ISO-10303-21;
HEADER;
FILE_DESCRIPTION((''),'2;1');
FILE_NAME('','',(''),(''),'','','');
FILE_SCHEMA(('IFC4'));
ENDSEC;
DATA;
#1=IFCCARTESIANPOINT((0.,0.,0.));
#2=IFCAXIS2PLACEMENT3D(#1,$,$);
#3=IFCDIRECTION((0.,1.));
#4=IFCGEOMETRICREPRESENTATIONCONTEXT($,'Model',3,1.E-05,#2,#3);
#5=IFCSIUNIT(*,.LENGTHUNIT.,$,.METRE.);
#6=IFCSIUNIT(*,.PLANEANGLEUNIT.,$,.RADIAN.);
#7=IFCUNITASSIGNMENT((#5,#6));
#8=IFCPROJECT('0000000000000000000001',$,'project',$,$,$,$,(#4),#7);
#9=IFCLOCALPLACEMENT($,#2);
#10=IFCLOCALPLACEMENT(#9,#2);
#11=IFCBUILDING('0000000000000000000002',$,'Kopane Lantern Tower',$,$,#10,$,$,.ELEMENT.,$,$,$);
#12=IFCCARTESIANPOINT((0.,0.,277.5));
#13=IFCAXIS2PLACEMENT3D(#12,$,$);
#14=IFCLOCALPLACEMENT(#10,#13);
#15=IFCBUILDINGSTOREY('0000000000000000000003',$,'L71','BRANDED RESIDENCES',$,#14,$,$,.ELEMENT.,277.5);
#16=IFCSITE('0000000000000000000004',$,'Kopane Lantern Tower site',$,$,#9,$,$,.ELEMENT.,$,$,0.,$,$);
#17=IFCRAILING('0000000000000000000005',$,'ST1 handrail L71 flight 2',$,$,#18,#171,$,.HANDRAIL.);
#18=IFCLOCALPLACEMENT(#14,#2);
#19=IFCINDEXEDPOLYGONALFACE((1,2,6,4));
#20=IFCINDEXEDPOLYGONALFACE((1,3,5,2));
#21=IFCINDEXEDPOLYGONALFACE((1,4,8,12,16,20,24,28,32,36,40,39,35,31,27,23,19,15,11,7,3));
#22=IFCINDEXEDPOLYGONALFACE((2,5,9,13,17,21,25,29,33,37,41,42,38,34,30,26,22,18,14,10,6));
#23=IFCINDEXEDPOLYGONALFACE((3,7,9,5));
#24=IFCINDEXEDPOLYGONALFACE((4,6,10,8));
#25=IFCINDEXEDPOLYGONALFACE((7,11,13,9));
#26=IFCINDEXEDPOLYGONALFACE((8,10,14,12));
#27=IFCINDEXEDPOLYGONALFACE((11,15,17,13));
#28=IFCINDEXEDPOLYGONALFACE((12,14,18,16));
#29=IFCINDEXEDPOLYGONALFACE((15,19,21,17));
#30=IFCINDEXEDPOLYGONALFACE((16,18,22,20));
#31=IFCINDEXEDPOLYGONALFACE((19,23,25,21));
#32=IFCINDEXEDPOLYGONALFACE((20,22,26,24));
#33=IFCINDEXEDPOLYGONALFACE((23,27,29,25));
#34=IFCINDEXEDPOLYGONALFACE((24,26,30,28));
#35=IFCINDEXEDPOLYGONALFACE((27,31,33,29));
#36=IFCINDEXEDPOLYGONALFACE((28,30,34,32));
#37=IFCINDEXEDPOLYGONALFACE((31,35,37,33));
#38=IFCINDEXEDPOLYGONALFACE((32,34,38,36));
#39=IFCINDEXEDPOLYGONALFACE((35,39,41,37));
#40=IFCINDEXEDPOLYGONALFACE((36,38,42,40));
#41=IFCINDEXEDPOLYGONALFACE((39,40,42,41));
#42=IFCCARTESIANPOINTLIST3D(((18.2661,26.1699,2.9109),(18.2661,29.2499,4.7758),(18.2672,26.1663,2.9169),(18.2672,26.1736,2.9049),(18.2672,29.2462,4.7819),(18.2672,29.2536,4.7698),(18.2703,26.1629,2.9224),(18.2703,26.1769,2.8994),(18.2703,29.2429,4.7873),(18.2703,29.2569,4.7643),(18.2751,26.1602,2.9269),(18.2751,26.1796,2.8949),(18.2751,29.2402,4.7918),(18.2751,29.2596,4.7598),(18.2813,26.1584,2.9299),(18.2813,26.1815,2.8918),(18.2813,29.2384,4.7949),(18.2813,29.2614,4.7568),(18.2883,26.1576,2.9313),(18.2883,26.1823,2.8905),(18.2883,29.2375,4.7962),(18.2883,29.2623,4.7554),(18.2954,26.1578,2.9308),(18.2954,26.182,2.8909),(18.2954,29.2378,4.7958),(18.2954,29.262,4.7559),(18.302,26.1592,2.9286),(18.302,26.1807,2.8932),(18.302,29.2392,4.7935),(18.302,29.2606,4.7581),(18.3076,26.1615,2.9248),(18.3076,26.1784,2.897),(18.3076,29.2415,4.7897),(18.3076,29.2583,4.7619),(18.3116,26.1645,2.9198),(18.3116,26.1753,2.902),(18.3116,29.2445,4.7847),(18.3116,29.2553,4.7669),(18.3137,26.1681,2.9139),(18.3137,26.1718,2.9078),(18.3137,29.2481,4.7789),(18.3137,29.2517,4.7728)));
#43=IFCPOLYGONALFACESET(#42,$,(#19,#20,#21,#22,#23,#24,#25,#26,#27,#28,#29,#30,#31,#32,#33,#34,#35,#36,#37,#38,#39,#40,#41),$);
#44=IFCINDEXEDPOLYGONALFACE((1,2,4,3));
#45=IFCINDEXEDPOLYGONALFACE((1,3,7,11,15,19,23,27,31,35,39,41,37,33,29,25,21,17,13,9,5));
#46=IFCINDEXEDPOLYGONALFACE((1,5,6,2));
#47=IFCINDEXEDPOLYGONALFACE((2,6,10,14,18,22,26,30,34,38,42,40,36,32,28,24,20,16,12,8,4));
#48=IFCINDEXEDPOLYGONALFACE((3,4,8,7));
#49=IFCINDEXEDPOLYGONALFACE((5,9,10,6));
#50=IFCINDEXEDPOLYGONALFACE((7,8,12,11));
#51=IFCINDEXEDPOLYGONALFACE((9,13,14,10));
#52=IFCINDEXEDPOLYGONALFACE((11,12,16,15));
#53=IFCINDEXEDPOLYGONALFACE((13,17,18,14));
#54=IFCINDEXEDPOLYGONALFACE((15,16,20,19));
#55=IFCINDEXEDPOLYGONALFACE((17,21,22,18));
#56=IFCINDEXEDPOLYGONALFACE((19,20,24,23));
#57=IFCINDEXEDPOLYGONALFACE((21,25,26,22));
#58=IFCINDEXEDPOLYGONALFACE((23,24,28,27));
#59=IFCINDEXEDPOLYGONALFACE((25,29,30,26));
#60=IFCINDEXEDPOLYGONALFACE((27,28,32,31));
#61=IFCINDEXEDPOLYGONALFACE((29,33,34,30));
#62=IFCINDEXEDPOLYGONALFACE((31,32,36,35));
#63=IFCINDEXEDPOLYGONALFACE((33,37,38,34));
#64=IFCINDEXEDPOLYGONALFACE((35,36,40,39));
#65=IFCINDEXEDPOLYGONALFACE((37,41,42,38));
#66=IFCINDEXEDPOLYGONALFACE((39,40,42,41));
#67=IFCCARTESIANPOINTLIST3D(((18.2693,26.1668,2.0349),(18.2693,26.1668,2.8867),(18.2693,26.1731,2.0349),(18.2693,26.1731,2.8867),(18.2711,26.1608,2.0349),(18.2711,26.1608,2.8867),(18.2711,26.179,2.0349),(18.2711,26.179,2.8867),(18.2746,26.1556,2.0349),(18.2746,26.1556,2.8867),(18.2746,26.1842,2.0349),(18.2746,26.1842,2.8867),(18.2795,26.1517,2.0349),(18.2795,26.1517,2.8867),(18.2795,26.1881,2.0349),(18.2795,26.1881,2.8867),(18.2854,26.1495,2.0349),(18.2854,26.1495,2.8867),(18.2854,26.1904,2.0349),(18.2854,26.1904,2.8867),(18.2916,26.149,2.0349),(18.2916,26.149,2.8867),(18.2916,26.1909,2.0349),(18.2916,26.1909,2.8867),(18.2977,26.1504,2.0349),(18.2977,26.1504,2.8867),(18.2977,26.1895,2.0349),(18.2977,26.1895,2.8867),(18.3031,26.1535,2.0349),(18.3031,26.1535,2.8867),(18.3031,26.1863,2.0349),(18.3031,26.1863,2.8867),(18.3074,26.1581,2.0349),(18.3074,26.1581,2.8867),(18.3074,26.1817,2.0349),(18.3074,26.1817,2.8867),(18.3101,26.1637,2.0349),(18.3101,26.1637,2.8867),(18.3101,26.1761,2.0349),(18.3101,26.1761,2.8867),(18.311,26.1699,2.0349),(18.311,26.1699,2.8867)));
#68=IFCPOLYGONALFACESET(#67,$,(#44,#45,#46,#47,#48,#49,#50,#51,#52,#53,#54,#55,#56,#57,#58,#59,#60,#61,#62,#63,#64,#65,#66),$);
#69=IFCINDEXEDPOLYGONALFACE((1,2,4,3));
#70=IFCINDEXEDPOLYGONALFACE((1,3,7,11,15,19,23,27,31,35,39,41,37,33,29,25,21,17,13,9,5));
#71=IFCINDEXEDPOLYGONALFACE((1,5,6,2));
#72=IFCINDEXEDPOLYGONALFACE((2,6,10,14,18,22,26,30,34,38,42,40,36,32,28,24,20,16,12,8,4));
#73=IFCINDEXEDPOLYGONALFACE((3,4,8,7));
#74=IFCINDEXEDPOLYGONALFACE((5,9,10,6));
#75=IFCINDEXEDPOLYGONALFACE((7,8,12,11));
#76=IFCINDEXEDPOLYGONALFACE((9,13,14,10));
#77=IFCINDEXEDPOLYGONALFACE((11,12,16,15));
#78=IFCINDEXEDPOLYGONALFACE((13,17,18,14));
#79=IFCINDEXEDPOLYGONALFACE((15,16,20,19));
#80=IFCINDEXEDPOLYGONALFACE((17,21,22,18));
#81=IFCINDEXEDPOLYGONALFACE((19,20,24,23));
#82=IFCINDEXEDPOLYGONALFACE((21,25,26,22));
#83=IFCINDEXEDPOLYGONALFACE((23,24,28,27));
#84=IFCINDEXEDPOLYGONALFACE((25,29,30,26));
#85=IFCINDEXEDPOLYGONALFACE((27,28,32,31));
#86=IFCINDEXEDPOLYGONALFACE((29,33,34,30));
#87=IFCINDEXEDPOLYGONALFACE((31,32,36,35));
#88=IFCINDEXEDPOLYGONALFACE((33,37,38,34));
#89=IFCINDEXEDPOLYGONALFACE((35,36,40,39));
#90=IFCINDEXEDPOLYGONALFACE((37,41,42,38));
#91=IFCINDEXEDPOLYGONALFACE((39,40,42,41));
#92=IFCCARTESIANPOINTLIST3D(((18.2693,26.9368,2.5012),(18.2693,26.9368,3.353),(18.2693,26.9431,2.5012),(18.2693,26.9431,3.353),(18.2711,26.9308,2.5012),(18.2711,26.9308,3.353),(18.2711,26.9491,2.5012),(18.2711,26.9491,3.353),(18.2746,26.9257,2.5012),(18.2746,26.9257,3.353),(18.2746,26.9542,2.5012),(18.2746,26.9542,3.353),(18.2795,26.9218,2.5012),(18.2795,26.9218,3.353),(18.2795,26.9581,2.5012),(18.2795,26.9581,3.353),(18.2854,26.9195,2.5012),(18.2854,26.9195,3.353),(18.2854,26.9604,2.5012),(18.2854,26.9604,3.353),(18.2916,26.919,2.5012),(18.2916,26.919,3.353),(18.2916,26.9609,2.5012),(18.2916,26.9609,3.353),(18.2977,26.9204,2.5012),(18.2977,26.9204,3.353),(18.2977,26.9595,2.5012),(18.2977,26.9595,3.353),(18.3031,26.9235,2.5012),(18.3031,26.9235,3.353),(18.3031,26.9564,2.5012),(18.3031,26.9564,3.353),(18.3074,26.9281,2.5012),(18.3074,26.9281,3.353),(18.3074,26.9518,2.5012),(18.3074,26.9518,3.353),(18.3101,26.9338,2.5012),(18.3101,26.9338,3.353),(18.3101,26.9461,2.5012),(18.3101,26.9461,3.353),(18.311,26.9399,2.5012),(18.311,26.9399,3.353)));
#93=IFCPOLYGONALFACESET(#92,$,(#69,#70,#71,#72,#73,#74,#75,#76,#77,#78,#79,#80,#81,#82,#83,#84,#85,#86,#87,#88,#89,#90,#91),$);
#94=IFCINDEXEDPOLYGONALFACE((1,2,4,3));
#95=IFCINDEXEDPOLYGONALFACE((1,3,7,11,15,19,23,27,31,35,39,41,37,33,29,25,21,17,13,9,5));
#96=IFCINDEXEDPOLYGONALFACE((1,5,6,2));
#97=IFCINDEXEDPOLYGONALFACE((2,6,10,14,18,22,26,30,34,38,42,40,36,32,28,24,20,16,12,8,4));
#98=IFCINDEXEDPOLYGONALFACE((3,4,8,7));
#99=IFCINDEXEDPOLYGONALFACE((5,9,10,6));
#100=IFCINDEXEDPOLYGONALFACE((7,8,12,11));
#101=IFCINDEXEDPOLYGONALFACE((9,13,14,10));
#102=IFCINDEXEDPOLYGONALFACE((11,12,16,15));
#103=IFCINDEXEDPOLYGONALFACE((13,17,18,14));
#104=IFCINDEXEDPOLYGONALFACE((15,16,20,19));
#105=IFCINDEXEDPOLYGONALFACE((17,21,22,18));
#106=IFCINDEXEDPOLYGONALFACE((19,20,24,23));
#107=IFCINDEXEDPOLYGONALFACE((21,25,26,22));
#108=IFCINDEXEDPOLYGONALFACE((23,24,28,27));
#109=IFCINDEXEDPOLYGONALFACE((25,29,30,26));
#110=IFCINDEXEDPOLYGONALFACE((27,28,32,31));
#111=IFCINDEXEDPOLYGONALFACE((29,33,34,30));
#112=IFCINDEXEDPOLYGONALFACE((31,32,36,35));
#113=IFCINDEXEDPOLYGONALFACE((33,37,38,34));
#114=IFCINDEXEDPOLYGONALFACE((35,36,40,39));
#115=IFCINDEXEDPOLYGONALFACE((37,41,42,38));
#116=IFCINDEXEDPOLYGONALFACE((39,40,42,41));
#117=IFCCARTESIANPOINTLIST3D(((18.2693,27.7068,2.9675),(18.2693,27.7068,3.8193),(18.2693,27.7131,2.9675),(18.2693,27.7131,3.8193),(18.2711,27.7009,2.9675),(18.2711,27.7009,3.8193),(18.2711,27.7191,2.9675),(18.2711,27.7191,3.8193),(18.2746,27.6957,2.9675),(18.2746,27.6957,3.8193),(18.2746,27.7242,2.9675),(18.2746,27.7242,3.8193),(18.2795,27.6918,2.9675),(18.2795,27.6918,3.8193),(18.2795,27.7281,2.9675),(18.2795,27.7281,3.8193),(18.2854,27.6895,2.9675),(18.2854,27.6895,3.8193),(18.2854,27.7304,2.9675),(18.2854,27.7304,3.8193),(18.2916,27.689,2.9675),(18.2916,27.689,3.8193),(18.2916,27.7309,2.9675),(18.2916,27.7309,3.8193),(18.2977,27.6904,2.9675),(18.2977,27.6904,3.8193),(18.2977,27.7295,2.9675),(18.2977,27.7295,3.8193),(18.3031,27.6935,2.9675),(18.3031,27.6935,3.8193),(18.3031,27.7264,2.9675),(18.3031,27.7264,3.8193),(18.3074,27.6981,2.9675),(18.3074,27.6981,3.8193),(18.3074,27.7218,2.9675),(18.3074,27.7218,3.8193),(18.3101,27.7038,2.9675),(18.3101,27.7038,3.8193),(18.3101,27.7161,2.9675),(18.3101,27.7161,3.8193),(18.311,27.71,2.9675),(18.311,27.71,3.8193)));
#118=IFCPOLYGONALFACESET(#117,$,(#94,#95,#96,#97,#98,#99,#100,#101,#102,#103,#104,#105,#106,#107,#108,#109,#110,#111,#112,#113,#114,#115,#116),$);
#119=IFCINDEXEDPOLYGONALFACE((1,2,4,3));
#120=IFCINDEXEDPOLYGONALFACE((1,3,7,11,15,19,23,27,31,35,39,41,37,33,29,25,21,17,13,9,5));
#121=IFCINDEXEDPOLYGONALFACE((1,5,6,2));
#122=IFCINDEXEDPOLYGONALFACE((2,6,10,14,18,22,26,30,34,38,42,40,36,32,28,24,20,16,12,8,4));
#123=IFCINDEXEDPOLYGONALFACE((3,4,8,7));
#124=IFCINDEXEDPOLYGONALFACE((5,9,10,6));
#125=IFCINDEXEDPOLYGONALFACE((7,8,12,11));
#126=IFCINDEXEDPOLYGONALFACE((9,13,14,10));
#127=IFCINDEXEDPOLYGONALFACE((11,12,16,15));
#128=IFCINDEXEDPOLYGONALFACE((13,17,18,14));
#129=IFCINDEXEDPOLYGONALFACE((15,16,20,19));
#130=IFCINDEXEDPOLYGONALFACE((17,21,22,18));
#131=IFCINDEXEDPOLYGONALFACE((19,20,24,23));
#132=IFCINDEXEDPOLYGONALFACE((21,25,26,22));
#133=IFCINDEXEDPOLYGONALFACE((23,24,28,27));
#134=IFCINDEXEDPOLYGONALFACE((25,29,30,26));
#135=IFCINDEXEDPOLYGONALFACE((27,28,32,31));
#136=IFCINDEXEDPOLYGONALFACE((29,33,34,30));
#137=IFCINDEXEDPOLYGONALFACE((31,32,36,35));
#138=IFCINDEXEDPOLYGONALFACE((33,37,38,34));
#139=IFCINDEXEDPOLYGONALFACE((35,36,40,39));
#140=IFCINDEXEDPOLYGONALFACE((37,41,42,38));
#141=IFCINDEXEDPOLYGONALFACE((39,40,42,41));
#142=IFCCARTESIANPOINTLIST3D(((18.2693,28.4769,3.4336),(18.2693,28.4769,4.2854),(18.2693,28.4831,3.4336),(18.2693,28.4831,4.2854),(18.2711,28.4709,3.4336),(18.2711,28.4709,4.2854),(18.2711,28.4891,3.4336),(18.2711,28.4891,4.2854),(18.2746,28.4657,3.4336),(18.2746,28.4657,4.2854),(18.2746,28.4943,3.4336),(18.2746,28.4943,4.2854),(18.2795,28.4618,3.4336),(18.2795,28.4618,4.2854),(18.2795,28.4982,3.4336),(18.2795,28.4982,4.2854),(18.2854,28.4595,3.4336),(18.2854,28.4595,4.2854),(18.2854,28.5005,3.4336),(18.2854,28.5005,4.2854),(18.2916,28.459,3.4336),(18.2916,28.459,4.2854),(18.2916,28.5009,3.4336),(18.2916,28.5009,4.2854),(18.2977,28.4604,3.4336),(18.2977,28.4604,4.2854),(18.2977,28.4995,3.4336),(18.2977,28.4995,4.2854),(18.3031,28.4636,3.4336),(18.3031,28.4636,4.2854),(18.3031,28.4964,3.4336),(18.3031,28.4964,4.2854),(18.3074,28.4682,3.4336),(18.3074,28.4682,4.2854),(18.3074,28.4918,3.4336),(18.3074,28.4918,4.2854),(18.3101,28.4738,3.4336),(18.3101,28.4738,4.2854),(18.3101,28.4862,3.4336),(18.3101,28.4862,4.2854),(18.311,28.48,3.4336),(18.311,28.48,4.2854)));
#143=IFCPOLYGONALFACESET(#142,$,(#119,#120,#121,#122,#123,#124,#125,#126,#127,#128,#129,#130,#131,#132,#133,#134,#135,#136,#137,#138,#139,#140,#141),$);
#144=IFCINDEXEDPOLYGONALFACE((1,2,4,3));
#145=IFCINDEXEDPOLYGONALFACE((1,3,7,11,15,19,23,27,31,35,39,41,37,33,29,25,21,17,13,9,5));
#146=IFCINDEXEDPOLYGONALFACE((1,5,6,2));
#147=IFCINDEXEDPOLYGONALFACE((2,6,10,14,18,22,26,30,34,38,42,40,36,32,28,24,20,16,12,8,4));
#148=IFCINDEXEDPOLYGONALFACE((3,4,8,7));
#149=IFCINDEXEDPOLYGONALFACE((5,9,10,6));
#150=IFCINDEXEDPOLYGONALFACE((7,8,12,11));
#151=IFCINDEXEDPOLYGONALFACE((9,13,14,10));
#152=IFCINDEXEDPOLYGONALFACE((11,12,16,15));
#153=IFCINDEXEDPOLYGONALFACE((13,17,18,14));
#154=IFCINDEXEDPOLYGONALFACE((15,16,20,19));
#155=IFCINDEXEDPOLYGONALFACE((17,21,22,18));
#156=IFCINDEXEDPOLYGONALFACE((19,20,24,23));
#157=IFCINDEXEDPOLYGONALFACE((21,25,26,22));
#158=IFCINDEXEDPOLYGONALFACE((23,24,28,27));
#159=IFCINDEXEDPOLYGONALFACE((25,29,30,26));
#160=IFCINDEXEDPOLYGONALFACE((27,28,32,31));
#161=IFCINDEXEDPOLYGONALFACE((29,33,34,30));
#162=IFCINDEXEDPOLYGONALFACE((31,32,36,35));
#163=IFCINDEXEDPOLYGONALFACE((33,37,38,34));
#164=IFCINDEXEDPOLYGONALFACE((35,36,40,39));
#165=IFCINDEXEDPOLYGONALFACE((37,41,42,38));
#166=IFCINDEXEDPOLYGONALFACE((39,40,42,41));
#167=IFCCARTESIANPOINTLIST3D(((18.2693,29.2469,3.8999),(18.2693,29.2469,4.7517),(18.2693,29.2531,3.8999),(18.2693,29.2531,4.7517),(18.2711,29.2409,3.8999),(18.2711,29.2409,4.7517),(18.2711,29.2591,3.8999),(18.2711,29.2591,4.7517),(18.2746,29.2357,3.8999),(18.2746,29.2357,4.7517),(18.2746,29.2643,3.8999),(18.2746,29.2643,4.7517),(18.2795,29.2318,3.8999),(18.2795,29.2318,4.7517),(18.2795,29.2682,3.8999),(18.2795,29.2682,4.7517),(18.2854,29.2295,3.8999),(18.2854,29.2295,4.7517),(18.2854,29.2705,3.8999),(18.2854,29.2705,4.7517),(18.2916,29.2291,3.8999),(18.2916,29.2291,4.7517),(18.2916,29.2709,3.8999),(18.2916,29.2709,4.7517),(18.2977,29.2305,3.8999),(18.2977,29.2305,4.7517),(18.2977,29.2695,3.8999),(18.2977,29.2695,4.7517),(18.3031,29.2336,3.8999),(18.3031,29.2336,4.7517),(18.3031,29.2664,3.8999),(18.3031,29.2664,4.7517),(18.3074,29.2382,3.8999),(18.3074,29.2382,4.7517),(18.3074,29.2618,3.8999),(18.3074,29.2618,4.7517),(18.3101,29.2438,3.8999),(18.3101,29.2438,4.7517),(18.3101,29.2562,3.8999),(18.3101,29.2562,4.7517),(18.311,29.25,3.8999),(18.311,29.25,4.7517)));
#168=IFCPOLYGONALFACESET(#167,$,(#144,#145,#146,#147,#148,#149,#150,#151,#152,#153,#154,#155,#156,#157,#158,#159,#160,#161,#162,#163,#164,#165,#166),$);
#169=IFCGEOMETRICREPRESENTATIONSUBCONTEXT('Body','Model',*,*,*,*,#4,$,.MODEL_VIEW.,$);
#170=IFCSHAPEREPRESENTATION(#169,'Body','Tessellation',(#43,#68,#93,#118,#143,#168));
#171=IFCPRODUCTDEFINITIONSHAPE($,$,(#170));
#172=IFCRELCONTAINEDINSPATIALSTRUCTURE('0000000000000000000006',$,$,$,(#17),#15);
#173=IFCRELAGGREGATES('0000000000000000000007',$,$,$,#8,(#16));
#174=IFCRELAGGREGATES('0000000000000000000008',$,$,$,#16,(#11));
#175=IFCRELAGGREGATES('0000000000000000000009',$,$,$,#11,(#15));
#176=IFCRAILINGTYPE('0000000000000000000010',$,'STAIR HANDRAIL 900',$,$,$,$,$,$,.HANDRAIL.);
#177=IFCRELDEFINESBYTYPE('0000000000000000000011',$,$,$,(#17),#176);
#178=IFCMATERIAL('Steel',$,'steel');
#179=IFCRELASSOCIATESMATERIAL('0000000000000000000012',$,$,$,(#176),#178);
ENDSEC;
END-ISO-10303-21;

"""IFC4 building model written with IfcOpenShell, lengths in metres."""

from ifc_helpers import new_model, si_unit, direction, frame, origin, origin_2d, place, context, subcontext, project, spatial, circle, extrude, material, type_object, element, save


model = new_model("IFC4")

# Units and contexts
model_context = context("Model", 3, precision=1e-05, world=origin(), true_north=direction((0.0, 1.0)))
body_context = subcontext(model_context, "Body", "Model", "MODEL_VIEW")
ifc_project = project(units=[si_unit("LENGTHUNIT", "METRE"), si_unit("PLANEANGLEUNIT", "RADIAN")], contexts=[model_context])

# Site, building, storey
site_placement = place(None, origin())
site = spatial("IfcSite", under=ifc_project, at=site_placement, Name="Kopane Lantern Tower site", CompositionType="ELEMENT", RefElevation=0.0)
building_placement = place(site_placement, origin())
building = spatial("IfcBuilding", under=site, at=building_placement, Name="Kopane Lantern Tower", CompositionType="ELEMENT")
storey_placement = place(building_placement, frame((0.0, 0.0, 277.5)))
storey = spatial("IfcBuildingStorey", under=building, at=storey_placement, Name="L71", Description="BRANDED RESIDENCES", CompositionType="ELEMENT", Elevation=277.5)

# Railing
ifc_material_1 = material(Name="Steel", Category="steel")
railing_type_1 = type_object("IfcRailingType", Name="STAIR HANDRAIL 900", PredefinedType="HANDRAIL", material=ifc_material_1)
for number, where, name in (
    (1, (18.29, 26.1699, 2.0349), "ST1 handrail L71 flight 2"),
):
    element("IfcRailing", number, at=place(storey_placement, frame(where)), inside=storey, type_object=railing_type_1, Name=name, PredefinedType="HANDRAIL", context=body_context, shape_type="SweptSolid", body=[
        extrude(circle(Radius=0.0239, at=origin_2d()), frame((0.0, 0.0, 0.876), z_axis=(0.0, 0.85541, 0.517952), x_axis=(-1.0, 0.0, 0.0)), (0.0, 0.0, 1.0), 3.6006),
        extrude(circle(Radius=0.021, at=origin_2d()), origin(), (0.0, 0.0, 1.0), 0.8518),
        extrude(circle(Radius=0.021, at=origin_2d()), frame((0.0, 0.77, 0.4663)), (0.0, 0.0, 1.0), 0.8518),
        extrude(circle(Radius=0.021, at=origin_2d()), frame((0.0, 1.54, 0.9326)), (0.0, 0.0, 1.0), 0.8518),
        extrude(circle(Radius=0.021, at=origin_2d()), frame((0.0, 2.3101, 1.3987)), (0.0, 0.0, 1.0), 0.8518),
        extrude(circle(Radius=0.021, at=origin_2d()), frame((0.0, 3.0801, 1.865)), (0.0, 0.0, 1.0), 0.8518),
    ])

save(model, "model.ifc")
